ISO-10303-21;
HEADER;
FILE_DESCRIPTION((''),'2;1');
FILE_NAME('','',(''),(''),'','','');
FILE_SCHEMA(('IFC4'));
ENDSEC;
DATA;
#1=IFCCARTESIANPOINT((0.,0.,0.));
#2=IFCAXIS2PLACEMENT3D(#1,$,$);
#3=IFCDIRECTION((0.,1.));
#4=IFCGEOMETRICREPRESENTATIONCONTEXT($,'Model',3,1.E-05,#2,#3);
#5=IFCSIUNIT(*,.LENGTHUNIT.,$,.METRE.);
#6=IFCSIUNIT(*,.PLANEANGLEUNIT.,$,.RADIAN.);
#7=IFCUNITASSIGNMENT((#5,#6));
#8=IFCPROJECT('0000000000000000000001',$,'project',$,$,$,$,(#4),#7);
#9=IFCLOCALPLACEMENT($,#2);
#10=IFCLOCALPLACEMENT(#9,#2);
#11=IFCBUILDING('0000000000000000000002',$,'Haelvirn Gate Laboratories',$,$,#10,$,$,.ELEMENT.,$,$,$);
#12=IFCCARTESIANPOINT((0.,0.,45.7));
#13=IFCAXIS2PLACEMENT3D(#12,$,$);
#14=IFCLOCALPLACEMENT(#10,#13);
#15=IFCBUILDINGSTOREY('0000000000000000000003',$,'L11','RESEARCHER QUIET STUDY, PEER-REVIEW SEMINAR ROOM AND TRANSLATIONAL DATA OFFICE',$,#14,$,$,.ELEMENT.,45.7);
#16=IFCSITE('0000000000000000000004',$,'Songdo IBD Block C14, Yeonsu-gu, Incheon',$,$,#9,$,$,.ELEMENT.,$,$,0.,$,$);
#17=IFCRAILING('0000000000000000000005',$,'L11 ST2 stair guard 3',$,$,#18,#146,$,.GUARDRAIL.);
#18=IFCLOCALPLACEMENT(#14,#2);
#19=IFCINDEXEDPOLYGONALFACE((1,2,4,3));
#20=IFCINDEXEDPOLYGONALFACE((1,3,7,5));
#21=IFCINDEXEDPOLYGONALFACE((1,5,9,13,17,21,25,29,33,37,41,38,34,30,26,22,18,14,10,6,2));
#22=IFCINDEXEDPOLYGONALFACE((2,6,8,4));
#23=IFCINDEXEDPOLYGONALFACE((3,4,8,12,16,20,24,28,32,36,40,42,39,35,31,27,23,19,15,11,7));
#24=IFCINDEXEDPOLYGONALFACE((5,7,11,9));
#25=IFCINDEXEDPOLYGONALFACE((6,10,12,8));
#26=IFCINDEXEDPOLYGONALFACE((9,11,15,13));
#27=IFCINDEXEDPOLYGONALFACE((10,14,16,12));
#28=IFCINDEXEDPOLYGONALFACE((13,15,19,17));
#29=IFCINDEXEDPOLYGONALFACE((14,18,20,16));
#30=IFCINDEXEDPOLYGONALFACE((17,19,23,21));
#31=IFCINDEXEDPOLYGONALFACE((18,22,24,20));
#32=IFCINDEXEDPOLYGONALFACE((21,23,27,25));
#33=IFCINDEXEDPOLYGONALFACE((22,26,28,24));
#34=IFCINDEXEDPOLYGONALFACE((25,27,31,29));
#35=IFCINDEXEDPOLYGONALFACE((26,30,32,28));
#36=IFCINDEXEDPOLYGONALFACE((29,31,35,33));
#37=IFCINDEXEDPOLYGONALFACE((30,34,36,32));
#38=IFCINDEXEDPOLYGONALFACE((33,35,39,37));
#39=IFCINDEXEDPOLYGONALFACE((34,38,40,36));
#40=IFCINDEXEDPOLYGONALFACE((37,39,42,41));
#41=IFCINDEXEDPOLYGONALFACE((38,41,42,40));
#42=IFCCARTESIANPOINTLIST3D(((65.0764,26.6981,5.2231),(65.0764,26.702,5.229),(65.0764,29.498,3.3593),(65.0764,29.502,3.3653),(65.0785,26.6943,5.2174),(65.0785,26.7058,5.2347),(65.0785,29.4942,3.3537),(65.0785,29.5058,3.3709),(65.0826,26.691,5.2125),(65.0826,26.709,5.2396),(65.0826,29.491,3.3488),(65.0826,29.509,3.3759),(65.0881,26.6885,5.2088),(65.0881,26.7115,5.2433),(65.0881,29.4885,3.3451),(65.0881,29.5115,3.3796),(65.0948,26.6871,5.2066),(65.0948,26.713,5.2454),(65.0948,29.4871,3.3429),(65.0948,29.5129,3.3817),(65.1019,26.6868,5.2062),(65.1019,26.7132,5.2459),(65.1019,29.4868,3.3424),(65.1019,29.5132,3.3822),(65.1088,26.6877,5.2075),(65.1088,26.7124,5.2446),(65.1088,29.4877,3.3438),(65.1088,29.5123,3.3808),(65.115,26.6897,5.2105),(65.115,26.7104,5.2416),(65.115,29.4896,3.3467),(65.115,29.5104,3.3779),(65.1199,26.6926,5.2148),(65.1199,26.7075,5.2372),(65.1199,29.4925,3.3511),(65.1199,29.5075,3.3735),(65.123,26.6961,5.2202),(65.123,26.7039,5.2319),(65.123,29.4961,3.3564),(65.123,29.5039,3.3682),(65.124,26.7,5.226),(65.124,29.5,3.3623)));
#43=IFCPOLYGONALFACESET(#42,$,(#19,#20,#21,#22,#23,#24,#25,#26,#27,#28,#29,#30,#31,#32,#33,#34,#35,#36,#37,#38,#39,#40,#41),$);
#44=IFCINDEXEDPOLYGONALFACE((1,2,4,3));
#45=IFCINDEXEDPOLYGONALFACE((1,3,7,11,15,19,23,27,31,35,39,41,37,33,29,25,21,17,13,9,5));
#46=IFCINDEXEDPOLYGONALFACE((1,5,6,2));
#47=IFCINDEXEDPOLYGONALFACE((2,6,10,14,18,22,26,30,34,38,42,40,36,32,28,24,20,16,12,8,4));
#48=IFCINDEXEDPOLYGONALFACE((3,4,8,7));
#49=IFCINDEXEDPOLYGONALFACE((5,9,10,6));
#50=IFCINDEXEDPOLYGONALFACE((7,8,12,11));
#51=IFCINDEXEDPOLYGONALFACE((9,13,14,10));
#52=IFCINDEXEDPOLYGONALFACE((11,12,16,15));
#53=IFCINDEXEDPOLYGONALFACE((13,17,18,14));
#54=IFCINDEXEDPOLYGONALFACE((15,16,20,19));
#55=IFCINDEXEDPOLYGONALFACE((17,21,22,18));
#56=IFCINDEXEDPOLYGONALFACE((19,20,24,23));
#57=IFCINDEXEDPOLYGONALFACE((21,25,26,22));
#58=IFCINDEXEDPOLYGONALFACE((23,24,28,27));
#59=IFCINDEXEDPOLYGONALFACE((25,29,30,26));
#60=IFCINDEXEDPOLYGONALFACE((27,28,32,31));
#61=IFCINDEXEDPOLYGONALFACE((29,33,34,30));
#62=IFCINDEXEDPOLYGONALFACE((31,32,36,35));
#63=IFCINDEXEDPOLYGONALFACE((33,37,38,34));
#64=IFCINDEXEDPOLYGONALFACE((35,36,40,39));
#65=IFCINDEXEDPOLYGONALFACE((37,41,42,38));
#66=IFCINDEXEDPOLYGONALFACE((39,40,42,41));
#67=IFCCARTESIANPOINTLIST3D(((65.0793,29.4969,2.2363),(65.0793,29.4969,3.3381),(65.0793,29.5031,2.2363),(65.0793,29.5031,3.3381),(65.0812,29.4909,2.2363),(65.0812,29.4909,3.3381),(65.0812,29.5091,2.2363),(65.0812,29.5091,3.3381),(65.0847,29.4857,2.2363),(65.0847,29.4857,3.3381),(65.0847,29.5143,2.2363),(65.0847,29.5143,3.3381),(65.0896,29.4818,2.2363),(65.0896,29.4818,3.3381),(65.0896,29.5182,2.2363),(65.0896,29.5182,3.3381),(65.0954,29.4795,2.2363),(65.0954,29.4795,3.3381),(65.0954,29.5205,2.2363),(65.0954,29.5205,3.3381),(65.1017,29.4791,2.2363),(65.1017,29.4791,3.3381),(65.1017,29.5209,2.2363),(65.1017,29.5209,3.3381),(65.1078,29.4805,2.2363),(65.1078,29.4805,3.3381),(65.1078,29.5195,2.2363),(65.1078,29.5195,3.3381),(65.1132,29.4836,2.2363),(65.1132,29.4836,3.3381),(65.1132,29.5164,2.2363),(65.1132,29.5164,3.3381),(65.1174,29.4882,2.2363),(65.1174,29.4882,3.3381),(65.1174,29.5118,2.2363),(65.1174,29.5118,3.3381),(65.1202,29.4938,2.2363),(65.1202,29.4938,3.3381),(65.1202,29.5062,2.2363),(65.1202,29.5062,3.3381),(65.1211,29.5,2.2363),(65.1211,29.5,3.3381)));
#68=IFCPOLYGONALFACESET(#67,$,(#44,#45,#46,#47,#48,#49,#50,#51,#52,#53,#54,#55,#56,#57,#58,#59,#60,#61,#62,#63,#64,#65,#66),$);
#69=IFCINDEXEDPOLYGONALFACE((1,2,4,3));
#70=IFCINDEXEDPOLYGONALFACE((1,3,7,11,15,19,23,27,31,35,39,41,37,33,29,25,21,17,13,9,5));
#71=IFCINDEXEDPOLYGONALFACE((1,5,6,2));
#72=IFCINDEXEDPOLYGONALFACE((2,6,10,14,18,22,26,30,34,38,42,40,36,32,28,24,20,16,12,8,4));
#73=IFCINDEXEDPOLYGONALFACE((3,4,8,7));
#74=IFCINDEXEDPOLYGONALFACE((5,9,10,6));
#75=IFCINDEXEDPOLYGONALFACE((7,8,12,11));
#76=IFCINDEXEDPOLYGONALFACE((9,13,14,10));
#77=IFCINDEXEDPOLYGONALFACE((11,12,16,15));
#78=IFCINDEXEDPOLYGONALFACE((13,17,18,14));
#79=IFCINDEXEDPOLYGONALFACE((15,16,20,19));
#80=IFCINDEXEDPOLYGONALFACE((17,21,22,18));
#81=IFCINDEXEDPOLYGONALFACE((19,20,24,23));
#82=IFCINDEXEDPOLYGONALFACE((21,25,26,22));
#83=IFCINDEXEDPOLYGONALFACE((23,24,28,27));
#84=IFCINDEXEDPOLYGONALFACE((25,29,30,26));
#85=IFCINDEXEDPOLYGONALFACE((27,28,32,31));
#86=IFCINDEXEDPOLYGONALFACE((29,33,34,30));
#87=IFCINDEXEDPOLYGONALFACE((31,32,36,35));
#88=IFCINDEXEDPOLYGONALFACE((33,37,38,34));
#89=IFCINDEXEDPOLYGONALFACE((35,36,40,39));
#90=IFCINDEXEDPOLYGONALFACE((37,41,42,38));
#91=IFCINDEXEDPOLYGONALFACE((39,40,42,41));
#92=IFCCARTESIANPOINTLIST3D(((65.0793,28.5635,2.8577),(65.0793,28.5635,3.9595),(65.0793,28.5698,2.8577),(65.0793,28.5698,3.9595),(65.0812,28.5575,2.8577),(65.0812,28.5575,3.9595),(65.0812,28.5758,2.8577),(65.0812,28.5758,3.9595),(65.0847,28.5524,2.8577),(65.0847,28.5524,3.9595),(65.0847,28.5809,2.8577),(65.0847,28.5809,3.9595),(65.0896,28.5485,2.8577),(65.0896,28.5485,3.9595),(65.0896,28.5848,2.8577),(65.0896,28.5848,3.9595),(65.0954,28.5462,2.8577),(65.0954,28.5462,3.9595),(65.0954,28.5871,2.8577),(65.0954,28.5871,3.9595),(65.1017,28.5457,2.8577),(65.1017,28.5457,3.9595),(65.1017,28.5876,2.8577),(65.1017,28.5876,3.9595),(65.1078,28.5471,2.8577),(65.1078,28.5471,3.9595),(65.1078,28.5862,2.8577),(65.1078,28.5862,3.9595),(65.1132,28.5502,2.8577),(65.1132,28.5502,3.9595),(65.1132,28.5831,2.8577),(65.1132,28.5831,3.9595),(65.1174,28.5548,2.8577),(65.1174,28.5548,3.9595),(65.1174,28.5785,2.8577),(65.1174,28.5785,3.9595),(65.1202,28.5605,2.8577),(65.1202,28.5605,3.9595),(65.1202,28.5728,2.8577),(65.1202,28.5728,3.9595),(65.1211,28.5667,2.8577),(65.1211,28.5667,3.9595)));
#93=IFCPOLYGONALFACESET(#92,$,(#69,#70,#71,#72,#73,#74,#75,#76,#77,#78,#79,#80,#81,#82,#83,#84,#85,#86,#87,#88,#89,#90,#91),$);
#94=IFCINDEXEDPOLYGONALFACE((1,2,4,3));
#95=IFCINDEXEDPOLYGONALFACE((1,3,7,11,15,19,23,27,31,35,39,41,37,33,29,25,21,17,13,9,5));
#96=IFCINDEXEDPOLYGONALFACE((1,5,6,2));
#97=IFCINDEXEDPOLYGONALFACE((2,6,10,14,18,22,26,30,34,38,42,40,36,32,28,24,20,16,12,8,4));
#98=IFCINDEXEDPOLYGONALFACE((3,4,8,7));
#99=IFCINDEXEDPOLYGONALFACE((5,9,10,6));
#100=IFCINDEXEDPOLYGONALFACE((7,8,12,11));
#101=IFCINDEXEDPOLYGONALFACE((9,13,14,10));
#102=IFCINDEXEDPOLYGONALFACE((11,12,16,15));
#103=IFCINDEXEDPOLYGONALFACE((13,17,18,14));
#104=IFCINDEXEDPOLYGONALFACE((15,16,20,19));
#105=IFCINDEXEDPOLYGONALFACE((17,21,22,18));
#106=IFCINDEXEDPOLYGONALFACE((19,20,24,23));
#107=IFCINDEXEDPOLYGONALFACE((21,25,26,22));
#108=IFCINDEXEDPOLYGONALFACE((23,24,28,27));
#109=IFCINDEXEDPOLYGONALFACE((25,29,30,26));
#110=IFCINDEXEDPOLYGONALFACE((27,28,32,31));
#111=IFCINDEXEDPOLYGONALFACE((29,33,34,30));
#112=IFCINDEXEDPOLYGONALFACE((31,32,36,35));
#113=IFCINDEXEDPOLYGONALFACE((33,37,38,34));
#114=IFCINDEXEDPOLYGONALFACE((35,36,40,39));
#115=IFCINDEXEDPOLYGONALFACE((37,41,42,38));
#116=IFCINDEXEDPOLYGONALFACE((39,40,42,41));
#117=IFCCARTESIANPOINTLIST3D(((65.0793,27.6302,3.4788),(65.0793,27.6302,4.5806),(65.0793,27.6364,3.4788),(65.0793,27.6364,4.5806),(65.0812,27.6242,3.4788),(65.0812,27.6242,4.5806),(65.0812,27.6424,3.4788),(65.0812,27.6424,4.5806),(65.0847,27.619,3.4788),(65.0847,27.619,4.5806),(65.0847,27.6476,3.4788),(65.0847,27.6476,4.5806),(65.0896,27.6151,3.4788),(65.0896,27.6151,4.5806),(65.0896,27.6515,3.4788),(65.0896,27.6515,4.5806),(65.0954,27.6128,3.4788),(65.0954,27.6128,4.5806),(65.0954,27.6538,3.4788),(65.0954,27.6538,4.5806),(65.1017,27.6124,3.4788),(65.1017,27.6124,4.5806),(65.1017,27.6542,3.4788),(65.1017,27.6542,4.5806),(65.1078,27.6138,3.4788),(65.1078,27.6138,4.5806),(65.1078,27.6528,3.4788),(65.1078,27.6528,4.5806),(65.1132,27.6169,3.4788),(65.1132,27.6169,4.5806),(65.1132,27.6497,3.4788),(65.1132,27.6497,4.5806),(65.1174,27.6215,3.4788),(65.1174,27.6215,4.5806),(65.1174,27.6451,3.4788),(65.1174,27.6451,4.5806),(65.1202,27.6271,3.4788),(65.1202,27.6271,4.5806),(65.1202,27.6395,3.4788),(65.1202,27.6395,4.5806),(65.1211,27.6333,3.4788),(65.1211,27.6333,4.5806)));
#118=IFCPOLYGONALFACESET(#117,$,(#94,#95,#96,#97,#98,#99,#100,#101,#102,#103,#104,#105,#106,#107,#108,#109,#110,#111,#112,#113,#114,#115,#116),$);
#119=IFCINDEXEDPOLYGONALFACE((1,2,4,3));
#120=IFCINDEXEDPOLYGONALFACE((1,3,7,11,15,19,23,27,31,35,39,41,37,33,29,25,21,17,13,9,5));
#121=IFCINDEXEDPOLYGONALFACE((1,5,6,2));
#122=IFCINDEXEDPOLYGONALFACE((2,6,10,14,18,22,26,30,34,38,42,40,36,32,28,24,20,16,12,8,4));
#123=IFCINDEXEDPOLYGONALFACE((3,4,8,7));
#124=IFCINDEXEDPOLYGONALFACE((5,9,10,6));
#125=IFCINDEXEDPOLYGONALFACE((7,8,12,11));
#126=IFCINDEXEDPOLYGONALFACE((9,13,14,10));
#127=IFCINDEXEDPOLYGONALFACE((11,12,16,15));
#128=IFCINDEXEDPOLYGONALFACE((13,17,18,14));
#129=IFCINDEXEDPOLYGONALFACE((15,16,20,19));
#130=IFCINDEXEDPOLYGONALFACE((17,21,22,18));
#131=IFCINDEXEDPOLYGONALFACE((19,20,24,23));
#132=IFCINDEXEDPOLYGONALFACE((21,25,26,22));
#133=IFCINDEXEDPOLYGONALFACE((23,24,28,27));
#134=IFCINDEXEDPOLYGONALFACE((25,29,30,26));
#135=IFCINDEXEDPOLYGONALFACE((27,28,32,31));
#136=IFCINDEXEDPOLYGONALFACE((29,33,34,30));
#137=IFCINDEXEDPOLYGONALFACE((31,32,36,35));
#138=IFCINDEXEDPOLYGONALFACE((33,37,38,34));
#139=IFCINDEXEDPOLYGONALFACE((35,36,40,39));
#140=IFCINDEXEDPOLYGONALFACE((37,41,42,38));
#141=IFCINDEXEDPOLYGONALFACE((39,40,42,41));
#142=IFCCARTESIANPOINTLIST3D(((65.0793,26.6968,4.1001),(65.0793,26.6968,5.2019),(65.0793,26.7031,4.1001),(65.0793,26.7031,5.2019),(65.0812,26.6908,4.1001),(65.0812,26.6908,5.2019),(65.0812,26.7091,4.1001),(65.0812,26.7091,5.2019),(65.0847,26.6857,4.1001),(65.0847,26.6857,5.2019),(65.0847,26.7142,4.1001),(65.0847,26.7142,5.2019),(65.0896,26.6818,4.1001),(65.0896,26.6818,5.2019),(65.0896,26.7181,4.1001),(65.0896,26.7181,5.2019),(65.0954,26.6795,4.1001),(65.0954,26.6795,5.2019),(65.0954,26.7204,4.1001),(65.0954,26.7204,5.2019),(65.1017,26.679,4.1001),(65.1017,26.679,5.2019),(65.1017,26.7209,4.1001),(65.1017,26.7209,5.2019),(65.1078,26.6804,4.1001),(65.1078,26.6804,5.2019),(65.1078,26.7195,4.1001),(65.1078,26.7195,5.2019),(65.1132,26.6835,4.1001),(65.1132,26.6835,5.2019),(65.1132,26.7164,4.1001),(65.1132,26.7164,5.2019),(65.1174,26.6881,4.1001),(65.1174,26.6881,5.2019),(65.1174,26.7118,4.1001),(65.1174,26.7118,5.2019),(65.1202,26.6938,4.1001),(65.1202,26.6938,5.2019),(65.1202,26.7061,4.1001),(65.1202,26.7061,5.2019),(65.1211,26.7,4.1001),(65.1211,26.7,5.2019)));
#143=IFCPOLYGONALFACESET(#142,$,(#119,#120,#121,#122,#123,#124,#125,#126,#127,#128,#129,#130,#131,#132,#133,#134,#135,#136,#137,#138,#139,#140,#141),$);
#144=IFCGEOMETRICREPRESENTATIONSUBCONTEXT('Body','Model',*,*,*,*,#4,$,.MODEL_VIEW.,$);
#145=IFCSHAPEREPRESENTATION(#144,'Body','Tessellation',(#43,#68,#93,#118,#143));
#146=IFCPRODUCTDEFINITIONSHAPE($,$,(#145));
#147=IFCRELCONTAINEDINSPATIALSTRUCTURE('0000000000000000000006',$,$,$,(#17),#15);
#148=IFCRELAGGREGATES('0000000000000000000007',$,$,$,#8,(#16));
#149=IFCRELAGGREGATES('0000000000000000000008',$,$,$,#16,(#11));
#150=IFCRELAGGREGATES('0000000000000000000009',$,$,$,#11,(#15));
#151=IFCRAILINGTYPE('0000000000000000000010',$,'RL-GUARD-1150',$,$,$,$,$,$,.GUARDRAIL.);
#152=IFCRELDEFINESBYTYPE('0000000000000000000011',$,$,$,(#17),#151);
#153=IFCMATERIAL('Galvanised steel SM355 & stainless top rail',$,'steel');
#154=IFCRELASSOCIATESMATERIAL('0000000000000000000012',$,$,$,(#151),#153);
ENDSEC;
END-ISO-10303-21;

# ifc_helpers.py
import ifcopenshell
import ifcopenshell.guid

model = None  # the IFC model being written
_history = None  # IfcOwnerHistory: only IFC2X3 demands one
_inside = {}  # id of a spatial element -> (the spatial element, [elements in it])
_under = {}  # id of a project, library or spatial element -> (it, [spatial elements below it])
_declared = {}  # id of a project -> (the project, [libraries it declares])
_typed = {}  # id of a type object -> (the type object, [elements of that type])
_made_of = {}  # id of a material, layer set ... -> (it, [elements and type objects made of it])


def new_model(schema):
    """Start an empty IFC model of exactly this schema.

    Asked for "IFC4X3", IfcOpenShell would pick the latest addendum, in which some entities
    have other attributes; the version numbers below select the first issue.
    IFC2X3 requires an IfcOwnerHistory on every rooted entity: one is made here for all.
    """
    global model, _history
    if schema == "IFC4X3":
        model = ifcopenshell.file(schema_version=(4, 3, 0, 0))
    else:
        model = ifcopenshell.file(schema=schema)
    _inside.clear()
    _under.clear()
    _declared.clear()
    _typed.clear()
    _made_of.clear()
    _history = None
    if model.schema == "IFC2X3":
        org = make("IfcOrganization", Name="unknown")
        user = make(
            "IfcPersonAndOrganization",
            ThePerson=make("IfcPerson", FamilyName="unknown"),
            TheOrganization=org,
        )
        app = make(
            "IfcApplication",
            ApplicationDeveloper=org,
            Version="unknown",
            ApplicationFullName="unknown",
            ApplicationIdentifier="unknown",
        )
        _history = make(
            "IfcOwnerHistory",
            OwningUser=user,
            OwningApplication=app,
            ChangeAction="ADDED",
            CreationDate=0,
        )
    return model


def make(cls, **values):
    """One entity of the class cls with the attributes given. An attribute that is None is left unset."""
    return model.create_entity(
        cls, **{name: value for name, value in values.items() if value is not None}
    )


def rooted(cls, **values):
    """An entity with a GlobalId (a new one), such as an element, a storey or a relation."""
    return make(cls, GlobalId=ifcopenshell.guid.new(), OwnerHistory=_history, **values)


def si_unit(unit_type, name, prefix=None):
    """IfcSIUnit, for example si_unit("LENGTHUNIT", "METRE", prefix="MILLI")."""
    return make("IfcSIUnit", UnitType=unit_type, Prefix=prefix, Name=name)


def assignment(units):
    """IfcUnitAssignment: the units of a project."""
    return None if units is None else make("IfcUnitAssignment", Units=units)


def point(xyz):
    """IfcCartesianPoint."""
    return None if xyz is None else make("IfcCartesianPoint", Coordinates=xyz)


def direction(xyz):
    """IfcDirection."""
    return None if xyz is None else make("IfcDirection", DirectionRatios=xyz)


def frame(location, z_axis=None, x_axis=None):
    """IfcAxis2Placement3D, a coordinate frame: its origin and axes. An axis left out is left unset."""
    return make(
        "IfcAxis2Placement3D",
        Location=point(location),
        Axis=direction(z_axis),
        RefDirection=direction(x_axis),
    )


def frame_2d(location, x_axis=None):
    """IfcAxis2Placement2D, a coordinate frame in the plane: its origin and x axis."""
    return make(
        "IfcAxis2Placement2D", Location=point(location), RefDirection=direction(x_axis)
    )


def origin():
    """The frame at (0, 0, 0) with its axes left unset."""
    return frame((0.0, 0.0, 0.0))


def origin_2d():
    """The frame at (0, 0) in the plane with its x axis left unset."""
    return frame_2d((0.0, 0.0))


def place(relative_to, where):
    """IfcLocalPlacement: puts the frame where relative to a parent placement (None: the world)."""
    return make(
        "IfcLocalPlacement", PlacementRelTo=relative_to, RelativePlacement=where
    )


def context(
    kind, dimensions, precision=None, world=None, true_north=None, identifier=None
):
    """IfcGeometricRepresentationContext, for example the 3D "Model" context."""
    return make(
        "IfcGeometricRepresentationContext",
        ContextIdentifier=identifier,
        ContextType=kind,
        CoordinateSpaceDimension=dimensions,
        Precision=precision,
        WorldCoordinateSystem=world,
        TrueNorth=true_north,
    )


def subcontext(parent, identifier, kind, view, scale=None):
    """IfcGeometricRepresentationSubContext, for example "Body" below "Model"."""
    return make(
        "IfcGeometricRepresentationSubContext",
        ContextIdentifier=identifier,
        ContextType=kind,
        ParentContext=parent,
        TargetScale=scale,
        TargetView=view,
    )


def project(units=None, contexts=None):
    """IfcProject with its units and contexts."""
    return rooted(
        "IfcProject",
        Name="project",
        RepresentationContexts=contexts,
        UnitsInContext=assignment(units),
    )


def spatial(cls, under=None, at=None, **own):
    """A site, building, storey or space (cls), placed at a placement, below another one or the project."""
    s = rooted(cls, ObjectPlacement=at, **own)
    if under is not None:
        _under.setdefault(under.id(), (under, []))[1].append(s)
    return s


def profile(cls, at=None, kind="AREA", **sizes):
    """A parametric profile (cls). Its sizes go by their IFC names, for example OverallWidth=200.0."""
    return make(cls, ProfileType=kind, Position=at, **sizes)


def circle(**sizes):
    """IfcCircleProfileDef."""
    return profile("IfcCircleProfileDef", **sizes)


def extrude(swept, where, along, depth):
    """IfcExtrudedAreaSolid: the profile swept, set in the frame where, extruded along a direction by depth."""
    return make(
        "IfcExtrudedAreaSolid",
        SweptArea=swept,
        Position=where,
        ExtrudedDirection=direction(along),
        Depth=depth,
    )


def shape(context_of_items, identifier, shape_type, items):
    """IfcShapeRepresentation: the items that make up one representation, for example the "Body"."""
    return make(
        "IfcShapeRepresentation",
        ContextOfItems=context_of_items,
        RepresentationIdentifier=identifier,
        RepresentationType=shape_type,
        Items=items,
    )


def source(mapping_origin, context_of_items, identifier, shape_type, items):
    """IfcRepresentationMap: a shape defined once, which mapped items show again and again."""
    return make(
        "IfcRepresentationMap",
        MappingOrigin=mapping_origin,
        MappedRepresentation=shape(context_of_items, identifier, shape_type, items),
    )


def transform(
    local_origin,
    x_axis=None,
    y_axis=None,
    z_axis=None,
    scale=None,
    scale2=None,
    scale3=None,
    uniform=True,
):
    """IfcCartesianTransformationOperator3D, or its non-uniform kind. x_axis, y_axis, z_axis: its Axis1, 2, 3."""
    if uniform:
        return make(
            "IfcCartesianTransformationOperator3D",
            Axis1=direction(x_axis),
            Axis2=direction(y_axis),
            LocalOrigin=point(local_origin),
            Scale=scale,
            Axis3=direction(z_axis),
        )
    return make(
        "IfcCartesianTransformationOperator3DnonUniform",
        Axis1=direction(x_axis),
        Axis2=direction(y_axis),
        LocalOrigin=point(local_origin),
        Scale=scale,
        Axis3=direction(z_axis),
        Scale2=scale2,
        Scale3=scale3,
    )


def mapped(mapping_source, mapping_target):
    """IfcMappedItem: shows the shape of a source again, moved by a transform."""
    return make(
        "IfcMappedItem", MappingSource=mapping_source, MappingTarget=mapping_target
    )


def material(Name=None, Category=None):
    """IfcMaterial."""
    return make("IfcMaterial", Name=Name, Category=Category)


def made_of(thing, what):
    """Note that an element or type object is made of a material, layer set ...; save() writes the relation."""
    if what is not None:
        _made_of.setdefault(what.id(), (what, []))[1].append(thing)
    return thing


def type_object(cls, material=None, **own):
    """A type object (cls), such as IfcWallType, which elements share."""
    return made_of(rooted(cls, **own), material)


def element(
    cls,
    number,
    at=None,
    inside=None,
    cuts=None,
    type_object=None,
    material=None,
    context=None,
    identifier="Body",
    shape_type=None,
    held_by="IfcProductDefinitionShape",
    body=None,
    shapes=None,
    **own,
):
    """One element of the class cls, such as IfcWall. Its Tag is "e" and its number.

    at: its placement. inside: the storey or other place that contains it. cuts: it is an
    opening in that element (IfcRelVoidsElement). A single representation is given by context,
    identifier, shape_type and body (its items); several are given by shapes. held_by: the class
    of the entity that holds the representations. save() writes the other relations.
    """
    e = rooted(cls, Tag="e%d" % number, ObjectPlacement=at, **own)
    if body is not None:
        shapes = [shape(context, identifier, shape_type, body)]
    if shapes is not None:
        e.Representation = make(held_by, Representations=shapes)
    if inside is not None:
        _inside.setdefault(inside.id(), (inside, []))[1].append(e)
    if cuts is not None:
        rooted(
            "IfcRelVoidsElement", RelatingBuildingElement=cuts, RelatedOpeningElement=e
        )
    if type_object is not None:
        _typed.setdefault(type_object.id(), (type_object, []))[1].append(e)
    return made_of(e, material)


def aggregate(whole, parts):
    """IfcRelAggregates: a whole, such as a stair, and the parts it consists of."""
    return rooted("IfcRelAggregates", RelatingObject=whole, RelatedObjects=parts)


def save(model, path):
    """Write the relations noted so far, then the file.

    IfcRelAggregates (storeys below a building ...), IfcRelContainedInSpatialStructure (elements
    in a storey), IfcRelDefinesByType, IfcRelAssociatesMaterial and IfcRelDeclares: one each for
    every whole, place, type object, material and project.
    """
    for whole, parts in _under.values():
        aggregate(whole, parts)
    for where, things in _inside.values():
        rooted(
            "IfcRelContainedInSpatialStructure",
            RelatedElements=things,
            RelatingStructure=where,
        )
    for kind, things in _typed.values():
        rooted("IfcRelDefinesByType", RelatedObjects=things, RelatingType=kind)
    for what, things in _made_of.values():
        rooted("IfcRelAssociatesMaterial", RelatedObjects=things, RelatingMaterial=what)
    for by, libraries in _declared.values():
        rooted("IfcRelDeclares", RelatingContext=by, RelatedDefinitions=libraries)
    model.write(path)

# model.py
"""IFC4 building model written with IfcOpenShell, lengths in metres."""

from ifc_helpers import new_model, si_unit, direction, frame, origin, origin_2d, place, context, subcontext, project, spatial, circle, extrude, source, transform, mapped, material, type_object, element, save


model = new_model("IFC4")

# Units and contexts
model_context = context("Model", 3, precision=1e-05, world=origin(), true_north=direction((0.0, 1.0)))
body_context = subcontext(model_context, "Body", "Model", "MODEL_VIEW")
ifc_project = project(units=[si_unit("LENGTHUNIT", "METRE"), si_unit("PLANEANGLEUNIT", "RADIAN")], contexts=[model_context])

# Site, building, storey
site_placement = place(None, origin())
site = spatial("IfcSite", under=ifc_project, at=site_placement, Name="Songdo IBD Block C14, Yeonsu-gu, Incheon", CompositionType="ELEMENT", RefElevation=0.0)
building_placement = place(site_placement, origin())
building = spatial("IfcBuilding", under=site, at=building_placement, Name="Haelvirn Gate Laboratories", CompositionType="ELEMENT")
storey_placement = place(building_placement, frame((0.0, 0.0, 45.7)))
storey = spatial("IfcBuildingStorey", under=building, at=storey_placement, Name="L11", Description="RESEARCHER QUIET STUDY, PEER-REVIEW SEMINAR ROOM AND TRANSLATIONAL DATA OFFICE", CompositionType="ELEMENT", Elevation=45.7)

# Railing
ifc_material_1 = material(Name="Galvanised steel SM355 & stainless top rail", Category="steel")
railing_type_1 = type_object("IfcRailingType", Name="RL-GUARD-1150", PredefinedType="GUARDRAIL", material=ifc_material_1)
shared_shape_1 = source(origin(), body_context, "Body", "SweptSolid", [
    extrude(circle(Radius=0.0239, at=origin_2d()), frame((0.0, 0.0, 1.126), z_axis=(0.0, -0.832452, 0.554097), x_axis=(1.0, 0.0, 0.0)), (0.0, 0.0, 1.0), 3.3635),
    extrude(circle(Radius=0.021, at=origin_2d()), origin(), (0.0, 0.0, 1.0), 1.1018),
    extrude(circle(Radius=0.021, at=origin_2d()), frame((0.0, -0.9333, 0.6213)), (0.0, 0.0, 1.0), 1.1018),
    extrude(circle(Radius=0.021, at=origin_2d()), frame((0.0, -1.8667, 1.2424)), (0.0, 0.0, 1.0), 1.1018),
    extrude(circle(Radius=0.021, at=origin_2d()), frame((0.0, -2.8, 1.8638)), (0.0, 0.0, 1.0), 1.1018),
])
railing_1_placement = place(storey_placement, frame((65.1001, 29.5, 2.2363)))
element("IfcRailing", 1, at=railing_1_placement, inside=storey, type_object=railing_type_1, Name="L11 ST2 stair guard 3", PredefinedType="GUARDRAIL", context=body_context, shape_type="MappedRepresentation", body=[
    mapped(shared_shape_1, transform((0.0, 0.0, 0.0), scale=1.0)),
])

save(model, "model.ifc")
